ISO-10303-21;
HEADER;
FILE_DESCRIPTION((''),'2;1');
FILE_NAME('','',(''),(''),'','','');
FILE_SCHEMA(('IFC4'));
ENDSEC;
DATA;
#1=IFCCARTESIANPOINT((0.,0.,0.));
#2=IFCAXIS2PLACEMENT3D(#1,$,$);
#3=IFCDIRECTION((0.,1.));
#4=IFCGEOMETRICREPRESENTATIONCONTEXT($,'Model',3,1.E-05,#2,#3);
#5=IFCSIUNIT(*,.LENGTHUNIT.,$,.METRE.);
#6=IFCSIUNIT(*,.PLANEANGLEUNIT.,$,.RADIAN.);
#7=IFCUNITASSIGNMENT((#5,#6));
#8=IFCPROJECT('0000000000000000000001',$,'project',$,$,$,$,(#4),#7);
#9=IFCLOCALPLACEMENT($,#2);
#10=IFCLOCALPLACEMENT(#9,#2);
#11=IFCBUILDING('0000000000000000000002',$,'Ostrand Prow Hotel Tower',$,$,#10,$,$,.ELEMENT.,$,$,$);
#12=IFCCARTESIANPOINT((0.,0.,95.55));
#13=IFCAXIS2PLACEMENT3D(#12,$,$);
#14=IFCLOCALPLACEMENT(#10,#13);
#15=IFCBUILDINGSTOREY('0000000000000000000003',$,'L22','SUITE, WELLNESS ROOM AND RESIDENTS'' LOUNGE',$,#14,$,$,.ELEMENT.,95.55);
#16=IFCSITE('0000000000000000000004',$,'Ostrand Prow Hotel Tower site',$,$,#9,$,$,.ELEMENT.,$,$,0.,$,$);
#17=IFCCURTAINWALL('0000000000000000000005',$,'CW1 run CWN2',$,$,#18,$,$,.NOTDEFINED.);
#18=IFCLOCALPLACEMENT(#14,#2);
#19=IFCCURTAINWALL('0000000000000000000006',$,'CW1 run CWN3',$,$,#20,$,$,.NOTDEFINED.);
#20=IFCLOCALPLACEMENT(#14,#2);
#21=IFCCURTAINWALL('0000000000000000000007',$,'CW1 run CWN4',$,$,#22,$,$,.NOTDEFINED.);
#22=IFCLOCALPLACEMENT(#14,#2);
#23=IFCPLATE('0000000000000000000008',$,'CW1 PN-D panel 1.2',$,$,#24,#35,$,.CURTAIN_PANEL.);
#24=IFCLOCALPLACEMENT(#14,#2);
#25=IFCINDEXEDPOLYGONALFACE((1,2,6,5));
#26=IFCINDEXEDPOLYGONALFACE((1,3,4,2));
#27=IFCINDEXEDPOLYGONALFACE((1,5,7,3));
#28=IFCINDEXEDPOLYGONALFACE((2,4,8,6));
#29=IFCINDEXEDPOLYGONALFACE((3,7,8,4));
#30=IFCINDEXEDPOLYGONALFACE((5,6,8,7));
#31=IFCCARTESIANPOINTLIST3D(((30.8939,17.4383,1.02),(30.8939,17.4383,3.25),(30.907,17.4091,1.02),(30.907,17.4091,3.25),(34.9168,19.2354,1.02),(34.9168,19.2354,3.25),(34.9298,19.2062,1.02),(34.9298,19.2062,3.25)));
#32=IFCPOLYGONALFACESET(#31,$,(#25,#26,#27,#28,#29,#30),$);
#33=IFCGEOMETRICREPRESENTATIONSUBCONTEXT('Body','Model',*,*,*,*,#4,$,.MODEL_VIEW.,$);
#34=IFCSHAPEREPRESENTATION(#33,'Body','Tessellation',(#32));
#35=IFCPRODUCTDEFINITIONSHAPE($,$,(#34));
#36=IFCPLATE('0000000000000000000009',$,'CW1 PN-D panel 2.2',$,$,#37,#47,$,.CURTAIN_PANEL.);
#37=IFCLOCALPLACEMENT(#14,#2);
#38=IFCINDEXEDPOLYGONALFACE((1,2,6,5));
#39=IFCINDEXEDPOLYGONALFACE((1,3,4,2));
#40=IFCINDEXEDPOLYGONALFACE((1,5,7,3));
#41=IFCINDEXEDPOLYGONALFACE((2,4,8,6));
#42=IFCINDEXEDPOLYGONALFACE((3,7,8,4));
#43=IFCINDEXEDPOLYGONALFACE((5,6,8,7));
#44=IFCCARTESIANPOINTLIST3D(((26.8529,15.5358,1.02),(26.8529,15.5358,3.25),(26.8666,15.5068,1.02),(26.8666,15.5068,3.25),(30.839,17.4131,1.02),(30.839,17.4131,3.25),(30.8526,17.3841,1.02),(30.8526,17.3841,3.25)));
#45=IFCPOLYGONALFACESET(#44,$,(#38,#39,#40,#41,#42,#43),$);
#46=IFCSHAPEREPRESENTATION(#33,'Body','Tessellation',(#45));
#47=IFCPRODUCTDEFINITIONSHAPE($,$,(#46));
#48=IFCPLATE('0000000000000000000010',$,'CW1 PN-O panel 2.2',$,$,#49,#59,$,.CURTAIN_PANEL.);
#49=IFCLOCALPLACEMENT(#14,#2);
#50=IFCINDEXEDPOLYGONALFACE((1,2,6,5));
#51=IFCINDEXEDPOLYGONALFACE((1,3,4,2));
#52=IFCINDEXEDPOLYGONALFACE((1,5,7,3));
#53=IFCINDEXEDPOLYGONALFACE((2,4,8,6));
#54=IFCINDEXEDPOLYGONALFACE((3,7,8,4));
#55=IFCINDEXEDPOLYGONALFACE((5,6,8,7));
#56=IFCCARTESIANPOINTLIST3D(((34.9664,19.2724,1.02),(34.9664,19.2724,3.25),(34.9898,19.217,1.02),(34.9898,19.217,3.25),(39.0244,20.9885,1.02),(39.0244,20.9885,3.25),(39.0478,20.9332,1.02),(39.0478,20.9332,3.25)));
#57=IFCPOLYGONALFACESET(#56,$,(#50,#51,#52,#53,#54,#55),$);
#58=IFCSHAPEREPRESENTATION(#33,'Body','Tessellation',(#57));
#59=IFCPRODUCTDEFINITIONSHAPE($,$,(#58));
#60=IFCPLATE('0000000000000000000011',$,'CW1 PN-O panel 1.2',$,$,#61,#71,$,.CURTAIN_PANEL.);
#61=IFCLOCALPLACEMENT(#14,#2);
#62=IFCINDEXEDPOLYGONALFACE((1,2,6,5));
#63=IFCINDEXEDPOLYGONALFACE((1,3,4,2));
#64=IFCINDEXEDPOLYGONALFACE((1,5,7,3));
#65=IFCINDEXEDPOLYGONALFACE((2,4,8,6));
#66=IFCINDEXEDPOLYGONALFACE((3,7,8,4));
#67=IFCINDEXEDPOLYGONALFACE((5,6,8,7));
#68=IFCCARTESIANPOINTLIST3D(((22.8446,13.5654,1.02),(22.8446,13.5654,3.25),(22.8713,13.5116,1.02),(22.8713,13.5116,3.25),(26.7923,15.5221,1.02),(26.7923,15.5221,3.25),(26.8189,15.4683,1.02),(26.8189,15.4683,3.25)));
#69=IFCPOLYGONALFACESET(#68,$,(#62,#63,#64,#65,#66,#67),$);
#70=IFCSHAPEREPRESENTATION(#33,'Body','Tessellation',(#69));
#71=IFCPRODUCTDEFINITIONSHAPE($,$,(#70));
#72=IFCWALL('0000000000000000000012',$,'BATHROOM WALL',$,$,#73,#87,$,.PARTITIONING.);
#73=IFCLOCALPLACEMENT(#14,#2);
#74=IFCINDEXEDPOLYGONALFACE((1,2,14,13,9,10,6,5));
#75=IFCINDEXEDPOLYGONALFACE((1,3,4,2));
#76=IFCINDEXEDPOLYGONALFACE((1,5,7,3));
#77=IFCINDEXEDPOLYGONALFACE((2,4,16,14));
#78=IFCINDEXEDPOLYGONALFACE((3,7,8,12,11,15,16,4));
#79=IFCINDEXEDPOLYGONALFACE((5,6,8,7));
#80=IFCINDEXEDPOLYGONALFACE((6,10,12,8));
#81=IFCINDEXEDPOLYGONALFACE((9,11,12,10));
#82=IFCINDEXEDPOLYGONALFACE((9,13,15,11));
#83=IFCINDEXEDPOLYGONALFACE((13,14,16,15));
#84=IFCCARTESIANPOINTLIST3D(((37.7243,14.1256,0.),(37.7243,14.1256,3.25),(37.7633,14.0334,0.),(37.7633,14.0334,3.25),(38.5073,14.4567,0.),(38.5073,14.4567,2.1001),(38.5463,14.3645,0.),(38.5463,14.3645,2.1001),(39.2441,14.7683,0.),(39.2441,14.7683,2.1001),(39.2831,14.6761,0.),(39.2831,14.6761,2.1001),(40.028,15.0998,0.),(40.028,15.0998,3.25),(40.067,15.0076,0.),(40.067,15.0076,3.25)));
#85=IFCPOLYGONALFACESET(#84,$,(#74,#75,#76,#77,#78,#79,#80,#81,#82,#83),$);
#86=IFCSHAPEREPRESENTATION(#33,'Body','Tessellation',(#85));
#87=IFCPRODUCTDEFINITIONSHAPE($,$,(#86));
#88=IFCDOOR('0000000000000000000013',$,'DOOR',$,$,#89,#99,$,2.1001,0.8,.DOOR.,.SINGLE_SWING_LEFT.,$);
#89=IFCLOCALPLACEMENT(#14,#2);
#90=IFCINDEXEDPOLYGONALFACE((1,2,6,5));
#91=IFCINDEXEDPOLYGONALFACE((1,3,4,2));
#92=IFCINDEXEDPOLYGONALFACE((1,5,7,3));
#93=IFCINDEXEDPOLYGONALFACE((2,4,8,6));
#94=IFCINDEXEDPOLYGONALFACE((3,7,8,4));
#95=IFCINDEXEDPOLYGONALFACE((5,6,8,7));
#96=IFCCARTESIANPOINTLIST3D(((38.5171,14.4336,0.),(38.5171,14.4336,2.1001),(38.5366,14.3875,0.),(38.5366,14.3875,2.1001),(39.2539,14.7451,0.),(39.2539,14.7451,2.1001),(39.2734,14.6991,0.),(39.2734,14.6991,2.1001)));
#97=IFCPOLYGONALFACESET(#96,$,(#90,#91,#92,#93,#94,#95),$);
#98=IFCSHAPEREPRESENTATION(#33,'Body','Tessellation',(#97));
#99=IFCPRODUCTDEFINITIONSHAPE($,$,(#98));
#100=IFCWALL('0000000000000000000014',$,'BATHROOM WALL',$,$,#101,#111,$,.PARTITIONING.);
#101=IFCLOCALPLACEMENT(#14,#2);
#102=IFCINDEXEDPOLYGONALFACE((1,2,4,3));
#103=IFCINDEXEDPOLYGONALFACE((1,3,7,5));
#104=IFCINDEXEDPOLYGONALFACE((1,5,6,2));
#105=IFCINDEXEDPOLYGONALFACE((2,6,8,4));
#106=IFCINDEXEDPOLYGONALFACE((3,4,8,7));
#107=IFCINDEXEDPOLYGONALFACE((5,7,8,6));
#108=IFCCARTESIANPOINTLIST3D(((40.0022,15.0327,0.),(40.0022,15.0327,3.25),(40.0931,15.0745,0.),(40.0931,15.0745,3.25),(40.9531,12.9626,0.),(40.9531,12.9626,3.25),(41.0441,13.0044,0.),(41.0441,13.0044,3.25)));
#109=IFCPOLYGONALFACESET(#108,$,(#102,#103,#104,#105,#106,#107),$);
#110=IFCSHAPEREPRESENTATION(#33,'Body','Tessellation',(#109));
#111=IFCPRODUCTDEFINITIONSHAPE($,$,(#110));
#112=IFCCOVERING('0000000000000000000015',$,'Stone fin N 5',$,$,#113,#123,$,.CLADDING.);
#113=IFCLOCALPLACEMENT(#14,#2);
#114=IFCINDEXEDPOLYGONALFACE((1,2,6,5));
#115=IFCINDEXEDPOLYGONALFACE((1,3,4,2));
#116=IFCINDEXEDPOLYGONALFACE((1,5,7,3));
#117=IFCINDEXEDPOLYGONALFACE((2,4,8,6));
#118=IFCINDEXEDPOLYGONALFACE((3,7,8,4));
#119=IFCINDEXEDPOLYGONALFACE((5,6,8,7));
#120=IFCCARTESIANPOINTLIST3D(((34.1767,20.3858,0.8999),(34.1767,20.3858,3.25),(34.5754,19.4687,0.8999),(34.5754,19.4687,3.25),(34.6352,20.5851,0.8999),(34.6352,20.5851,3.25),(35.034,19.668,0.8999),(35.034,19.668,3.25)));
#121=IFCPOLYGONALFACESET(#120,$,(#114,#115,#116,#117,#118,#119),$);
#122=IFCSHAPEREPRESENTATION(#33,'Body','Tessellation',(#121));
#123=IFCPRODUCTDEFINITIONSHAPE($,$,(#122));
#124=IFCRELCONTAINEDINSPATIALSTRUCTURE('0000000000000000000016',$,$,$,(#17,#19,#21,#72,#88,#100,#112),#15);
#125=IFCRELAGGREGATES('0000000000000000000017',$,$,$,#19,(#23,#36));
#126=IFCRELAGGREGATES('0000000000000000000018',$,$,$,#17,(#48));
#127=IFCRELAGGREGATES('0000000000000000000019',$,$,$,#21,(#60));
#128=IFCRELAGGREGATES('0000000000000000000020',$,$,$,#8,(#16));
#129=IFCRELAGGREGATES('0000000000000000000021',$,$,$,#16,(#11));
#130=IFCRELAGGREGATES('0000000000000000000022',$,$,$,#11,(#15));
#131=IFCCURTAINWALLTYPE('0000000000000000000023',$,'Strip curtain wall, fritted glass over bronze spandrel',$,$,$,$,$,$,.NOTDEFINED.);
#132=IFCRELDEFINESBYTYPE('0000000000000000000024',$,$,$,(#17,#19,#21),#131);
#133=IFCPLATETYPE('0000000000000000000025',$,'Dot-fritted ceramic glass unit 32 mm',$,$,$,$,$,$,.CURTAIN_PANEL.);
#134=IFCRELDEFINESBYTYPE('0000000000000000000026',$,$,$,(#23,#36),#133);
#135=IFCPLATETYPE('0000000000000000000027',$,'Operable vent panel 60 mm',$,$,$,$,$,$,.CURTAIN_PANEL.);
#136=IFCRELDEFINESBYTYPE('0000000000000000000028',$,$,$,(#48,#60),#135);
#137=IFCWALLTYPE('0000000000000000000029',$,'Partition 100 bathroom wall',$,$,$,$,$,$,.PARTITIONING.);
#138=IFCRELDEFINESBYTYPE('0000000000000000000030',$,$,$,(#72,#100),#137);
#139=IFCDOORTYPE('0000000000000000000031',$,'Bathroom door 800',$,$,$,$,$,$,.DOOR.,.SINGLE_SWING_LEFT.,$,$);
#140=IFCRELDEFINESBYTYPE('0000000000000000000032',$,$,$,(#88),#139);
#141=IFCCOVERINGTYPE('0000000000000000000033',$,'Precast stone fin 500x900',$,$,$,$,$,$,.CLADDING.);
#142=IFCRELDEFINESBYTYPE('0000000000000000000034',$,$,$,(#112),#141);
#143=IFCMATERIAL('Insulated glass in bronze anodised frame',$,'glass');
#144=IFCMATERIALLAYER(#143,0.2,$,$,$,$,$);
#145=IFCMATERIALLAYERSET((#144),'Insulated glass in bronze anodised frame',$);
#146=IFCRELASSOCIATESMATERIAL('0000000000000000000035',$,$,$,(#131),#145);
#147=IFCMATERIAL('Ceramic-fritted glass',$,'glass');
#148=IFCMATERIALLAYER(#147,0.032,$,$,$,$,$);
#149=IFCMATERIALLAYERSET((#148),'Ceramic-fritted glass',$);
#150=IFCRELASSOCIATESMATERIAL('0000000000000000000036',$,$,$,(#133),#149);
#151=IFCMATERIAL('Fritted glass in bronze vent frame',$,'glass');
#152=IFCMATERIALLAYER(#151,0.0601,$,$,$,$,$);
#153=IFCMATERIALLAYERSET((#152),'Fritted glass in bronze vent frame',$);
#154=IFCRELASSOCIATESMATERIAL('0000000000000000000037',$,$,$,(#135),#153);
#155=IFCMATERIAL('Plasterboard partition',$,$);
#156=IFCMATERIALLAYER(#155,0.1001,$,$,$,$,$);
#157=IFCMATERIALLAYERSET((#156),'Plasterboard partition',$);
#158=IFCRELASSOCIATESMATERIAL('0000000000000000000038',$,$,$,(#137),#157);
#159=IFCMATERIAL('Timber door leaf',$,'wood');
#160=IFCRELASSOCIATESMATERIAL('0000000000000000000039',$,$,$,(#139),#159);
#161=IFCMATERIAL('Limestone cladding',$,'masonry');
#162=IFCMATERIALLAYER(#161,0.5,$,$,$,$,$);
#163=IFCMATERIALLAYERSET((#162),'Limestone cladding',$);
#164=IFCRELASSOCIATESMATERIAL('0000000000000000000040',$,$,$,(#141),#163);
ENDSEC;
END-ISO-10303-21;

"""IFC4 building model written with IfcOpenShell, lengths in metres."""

from ifc_helpers import new_model, si_unit, direction, frame, frame_2d, origin, origin_2d, place, context, subcontext, project, spatial, rectangle, extrude, material, layer, layer_set, type_object, element, fill, aggregate, save


model = new_model("IFC4")

# Units and contexts
model_context = context("Model", 3, precision=1e-05, world=origin(), true_north=direction((0.0, 1.0)))
body_context = subcontext(model_context, "Body", "Model", "MODEL_VIEW")
ifc_project = project(units=[si_unit("LENGTHUNIT", "METRE"), si_unit("PLANEANGLEUNIT", "RADIAN")], contexts=[model_context])

# Site, building, storey
site_placement = place(None, origin())
site = spatial("IfcSite", under=ifc_project, at=site_placement, Name="Ostrand Prow Hotel Tower site", CompositionType="ELEMENT", RefElevation=0.0)
building_placement = place(site_placement, origin())
building = spatial("IfcBuilding", under=site, at=building_placement, Name="Ostrand Prow Hotel Tower", CompositionType="ELEMENT")
storey_placement = place(building_placement, frame((0.0, 0.0, 95.55)))
storey = spatial("IfcBuildingStorey", under=building, at=storey_placement, Name="L22", Description="SUITE, WELLNESS ROOM AND RESIDENTS' LOUNGE", CompositionType="ELEMENT", Elevation=95.55)

# Curtain walls
ifc_material_1 = material(Name="Insulated glass in bronze anodised frame", Category="glass")
ifc_layer_1 = layer(ifc_material_1, 0.2)
ifc_layer_set_1 = layer_set([ifc_layer_1], Name="Insulated glass in bronze anodised frame")
curtain_wall_type = type_object("IfcCurtainWallType", Name="Strip curtain wall, fritted glass over bronze spandrel", PredefinedType="NOTDEFINED", material=ifc_layer_set_1)
curtain_wall_1_placement = place(storey_placement, origin())
curtain_wall_1 = element("IfcCurtainWall", 1, at=curtain_wall_1_placement, inside=storey, type_object=curtain_wall_type, Name="CW1 run CWN2", PredefinedType="NOTDEFINED")
curtain_wall_2_placement = place(storey_placement, origin())
curtain_wall_2 = element("IfcCurtainWall", 2, at=curtain_wall_2_placement, inside=storey, type_object=curtain_wall_type, Name="CW1 run CWN3", PredefinedType="NOTDEFINED")

# Curtain wall
curtain_wall_3_placement = place(storey_placement, origin())
curtain_wall_3 = element("IfcCurtainWall", 3, at=curtain_wall_3_placement, inside=storey, type_object=curtain_wall_type, Name="CW1 run CWN4", PredefinedType="NOTDEFINED")

# Plates
ifc_material_2 = material(Name="Ceramic-fritted glass", Category="glass")
ifc_layer_2 = layer(ifc_material_2, 0.032)
ifc_layer_set_2 = layer_set([ifc_layer_2], Name="Ceramic-fritted glass")
plate_type_1 = type_object("IfcPlateType", Name="Dot-fritted ceramic glass unit 32 mm", PredefinedType="CURTAIN_PANEL", material=ifc_layer_set_2)
plate_1_placement = place(storey_placement, frame((32.9119, 18.3223, 1.02), z_axis=(0.0, 0.0, 1.0), x_axis=(-0.913038, -0.407875, 0.0)))
plate_1 = element("IfcPlate", 4, at=plate_1_placement, type_object=plate_type_1, Name="CW1 PN-D panel 1.2", PredefinedType="CURTAIN_PANEL", context=body_context, shape_type="SweptSolid", body=[
    extrude(rectangle(XDim=4.406, YDim=0.032, at=origin_2d()), origin(), (0.0, 0.0, 1.0), 2.23),
])
plate_2_placement = place(storey_placement, frame((28.8528, 16.46, 1.02), z_axis=(0.0, 0.0, 1.0), x_axis=(-0.904686, -0.426079, 0.0)))
plate_2 = element("IfcPlate", 5, at=plate_2_placement, type_object=plate_type_1, Name="CW1 PN-D panel 2.2", PredefinedType="CURTAIN_PANEL", context=body_context, shape_type="SweptSolid", body=[
    extrude(rectangle(XDim=4.406, YDim=0.032, at=origin_2d()), origin(), (0.0, 0.0, 1.0), 2.23),
])
aggregate(curtain_wall_2, [plate_1, plate_2])
ifc_material_3 = material(Name="Fritted glass in bronze vent frame", Category="glass")
ifc_layer_3 = layer(ifc_material_3, 0.0601)
ifc_layer_set_3 = layer_set([ifc_layer_3], Name="Fritted glass in bronze vent frame")
plate_type_2 = type_object("IfcPlateType", Name="Operable vent panel 60 mm", PredefinedType="CURTAIN_PANEL", material=ifc_layer_set_3)
plate_3_placement = place(storey_placement, frame((37.0071, 20.1028, 1.02), z_axis=(0.0, 0.0, 1.0), x_axis=(-0.921024, -0.389507, 0.0)))
plate_3 = element("IfcPlate", 6, at=plate_3_placement, type_object=plate_type_2, Name="CW1 PN-O panel 2.2", PredefinedType="CURTAIN_PANEL", context=body_context, shape_type="SweptSolid", body=[
    extrude(rectangle(XDim=4.406, YDim=0.0601, at=origin_2d()), origin(), (0.0, 0.0, 1.0), 2.23),
])
aggregate(curtain_wall_1, [plate_3])
plate_4_placement = place(storey_placement, frame((24.8318, 14.5168, 1.02), z_axis=(0.0, 0.0, 1.0), x_axis=(-0.895971, -0.444113, 0.0)))
plate_4 = element("IfcPlate", 7, at=plate_4_placement, type_object=plate_type_2, Name="CW1 PN-O panel 1.2", PredefinedType="CURTAIN_PANEL", context=body_context, shape_type="SweptSolid", body=[
    extrude(rectangle(XDim=4.406, YDim=0.0601, at=origin_2d()), origin(), (0.0, 0.0, 1.0), 2.23),
])
aggregate(curtain_wall_3, [plate_4])

# Wall, opening, door
ifc_material_4 = material(Name="Plasterboard partition")
ifc_layer_4 = layer(ifc_material_4, 0.1001)
ifc_layer_set_4 = layer_set([ifc_layer_4], Name="Plasterboard partition")
wall_type = type_object("IfcWallType", Name="Partition 100 bathroom wall", PredefinedType="PARTITIONING", material=ifc_layer_set_4)
wall_1_placement = place(storey_placement, frame((37.7439, 14.0796, 0.0), z_axis=(0.0, 0.0, 1.0), x_axis=(0.921043, 0.389462, 0.0)))
wall_1 = element("IfcWall", 8, at=wall_1_placement, inside=storey, type_object=wall_type, Name="BATHROOM WALL", PredefinedType="PARTITIONING", context=body_context, shape_type="SweptSolid", body=[
    extrude(rectangle(XDim=2.5012, YDim=0.1001, at=frame_2d((1.2505, 0.0))), origin(), (0.0, 0.0, 1.0), 3.25),
])
opening_placement = place(wall_1_placement, frame((0.8501, 0.0, 0.0)))
opening = element("IfcOpeningElement", 9, at=opening_placement, cuts=wall_1, PredefinedType="OPENING", context=body_context, shape_type="SweptSolid", body=[
    extrude(rectangle(XDim=0.8, YDim=2.1001, at=frame_2d((0.3999, 1.05))), frame((0.0, 0.0601, 0.0), z_axis=(0.0, -1.0, 0.0), x_axis=(1.0, 0.0, 0.0)), (0.0, 0.0, 1.0), 0.1201),
])
ifc_material_5 = material(Name="Timber door leaf", Category="wood")
door_type = type_object("IfcDoorType", Name="Bathroom door 800", OperationType="SINGLE_SWING_LEFT", PredefinedType="DOOR", material=ifc_material_5)
door_placement = place(opening_placement, origin())
door = element("IfcDoor", 10, at=door_placement, inside=storey, type_object=door_type, Name="DOOR", OperationType="SINGLE_SWING_LEFT", OverallHeight=2.1001, OverallWidth=0.8, PredefinedType="DOOR", context=body_context, shape_type="SweptSolid", body=[
    extrude(rectangle(XDim=0.8, YDim=2.1001, at=frame_2d((0.3999, 1.05))), frame((0.0, 0.0249, 0.0), z_axis=(0.0, -1.0, 0.0), x_axis=(1.0, 0.0, 0.0)), (0.0, 0.0, 1.0), 0.05),
])
fill(opening, door)

# Wall
wall_2_placement = place(storey_placement, frame((40.0476, 15.0537, 0.0), z_axis=(0.0, 0.0, 1.0), x_axis=(0.417433, -0.908708, 0.0)))
element("IfcWall", 11, at=wall_2_placement, inside=storey, type_object=wall_type, Name="BATHROOM WALL", PredefinedType="PARTITIONING", context=body_context, shape_type="SweptSolid", body=[
    extrude(rectangle(XDim=2.2781, YDim=0.1001, at=frame_2d((1.1392, 0.0))), origin(), (0.0, 0.0, 1.0), 3.25),
])

# Covering
ifc_material_6 = material(Name="Limestone cladding", Category="masonry")
ifc_layer_5 = layer(ifc_material_6, 0.5)
ifc_layer_set_5 = layer_set([ifc_layer_5], Name="Limestone cladding")
covering_type = type_object("IfcCoveringType", Name="Precast stone fin 500x900", PredefinedType="CLADDING", material=ifc_layer_set_5)
covering_placement = place(storey_placement, frame((34.8047, 19.5684, 0.8999), z_axis=(0.0, 0.0, 1.0), x_axis=(-0.398717, 0.917074, 0.0)))
element("IfcCovering", 12, at=covering_placement, inside=storey, type_object=covering_type, Name="Stone fin N 5", PredefinedType="CLADDING", context=body_context, shape_type="SweptSolid", body=[
    extrude(rectangle(XDim=1.0, YDim=0.5, at=frame_2d((0.5, 0.0))), origin(), (0.0, 0.0, 1.0), 2.3501),
])

save(model, "model.ifc")
